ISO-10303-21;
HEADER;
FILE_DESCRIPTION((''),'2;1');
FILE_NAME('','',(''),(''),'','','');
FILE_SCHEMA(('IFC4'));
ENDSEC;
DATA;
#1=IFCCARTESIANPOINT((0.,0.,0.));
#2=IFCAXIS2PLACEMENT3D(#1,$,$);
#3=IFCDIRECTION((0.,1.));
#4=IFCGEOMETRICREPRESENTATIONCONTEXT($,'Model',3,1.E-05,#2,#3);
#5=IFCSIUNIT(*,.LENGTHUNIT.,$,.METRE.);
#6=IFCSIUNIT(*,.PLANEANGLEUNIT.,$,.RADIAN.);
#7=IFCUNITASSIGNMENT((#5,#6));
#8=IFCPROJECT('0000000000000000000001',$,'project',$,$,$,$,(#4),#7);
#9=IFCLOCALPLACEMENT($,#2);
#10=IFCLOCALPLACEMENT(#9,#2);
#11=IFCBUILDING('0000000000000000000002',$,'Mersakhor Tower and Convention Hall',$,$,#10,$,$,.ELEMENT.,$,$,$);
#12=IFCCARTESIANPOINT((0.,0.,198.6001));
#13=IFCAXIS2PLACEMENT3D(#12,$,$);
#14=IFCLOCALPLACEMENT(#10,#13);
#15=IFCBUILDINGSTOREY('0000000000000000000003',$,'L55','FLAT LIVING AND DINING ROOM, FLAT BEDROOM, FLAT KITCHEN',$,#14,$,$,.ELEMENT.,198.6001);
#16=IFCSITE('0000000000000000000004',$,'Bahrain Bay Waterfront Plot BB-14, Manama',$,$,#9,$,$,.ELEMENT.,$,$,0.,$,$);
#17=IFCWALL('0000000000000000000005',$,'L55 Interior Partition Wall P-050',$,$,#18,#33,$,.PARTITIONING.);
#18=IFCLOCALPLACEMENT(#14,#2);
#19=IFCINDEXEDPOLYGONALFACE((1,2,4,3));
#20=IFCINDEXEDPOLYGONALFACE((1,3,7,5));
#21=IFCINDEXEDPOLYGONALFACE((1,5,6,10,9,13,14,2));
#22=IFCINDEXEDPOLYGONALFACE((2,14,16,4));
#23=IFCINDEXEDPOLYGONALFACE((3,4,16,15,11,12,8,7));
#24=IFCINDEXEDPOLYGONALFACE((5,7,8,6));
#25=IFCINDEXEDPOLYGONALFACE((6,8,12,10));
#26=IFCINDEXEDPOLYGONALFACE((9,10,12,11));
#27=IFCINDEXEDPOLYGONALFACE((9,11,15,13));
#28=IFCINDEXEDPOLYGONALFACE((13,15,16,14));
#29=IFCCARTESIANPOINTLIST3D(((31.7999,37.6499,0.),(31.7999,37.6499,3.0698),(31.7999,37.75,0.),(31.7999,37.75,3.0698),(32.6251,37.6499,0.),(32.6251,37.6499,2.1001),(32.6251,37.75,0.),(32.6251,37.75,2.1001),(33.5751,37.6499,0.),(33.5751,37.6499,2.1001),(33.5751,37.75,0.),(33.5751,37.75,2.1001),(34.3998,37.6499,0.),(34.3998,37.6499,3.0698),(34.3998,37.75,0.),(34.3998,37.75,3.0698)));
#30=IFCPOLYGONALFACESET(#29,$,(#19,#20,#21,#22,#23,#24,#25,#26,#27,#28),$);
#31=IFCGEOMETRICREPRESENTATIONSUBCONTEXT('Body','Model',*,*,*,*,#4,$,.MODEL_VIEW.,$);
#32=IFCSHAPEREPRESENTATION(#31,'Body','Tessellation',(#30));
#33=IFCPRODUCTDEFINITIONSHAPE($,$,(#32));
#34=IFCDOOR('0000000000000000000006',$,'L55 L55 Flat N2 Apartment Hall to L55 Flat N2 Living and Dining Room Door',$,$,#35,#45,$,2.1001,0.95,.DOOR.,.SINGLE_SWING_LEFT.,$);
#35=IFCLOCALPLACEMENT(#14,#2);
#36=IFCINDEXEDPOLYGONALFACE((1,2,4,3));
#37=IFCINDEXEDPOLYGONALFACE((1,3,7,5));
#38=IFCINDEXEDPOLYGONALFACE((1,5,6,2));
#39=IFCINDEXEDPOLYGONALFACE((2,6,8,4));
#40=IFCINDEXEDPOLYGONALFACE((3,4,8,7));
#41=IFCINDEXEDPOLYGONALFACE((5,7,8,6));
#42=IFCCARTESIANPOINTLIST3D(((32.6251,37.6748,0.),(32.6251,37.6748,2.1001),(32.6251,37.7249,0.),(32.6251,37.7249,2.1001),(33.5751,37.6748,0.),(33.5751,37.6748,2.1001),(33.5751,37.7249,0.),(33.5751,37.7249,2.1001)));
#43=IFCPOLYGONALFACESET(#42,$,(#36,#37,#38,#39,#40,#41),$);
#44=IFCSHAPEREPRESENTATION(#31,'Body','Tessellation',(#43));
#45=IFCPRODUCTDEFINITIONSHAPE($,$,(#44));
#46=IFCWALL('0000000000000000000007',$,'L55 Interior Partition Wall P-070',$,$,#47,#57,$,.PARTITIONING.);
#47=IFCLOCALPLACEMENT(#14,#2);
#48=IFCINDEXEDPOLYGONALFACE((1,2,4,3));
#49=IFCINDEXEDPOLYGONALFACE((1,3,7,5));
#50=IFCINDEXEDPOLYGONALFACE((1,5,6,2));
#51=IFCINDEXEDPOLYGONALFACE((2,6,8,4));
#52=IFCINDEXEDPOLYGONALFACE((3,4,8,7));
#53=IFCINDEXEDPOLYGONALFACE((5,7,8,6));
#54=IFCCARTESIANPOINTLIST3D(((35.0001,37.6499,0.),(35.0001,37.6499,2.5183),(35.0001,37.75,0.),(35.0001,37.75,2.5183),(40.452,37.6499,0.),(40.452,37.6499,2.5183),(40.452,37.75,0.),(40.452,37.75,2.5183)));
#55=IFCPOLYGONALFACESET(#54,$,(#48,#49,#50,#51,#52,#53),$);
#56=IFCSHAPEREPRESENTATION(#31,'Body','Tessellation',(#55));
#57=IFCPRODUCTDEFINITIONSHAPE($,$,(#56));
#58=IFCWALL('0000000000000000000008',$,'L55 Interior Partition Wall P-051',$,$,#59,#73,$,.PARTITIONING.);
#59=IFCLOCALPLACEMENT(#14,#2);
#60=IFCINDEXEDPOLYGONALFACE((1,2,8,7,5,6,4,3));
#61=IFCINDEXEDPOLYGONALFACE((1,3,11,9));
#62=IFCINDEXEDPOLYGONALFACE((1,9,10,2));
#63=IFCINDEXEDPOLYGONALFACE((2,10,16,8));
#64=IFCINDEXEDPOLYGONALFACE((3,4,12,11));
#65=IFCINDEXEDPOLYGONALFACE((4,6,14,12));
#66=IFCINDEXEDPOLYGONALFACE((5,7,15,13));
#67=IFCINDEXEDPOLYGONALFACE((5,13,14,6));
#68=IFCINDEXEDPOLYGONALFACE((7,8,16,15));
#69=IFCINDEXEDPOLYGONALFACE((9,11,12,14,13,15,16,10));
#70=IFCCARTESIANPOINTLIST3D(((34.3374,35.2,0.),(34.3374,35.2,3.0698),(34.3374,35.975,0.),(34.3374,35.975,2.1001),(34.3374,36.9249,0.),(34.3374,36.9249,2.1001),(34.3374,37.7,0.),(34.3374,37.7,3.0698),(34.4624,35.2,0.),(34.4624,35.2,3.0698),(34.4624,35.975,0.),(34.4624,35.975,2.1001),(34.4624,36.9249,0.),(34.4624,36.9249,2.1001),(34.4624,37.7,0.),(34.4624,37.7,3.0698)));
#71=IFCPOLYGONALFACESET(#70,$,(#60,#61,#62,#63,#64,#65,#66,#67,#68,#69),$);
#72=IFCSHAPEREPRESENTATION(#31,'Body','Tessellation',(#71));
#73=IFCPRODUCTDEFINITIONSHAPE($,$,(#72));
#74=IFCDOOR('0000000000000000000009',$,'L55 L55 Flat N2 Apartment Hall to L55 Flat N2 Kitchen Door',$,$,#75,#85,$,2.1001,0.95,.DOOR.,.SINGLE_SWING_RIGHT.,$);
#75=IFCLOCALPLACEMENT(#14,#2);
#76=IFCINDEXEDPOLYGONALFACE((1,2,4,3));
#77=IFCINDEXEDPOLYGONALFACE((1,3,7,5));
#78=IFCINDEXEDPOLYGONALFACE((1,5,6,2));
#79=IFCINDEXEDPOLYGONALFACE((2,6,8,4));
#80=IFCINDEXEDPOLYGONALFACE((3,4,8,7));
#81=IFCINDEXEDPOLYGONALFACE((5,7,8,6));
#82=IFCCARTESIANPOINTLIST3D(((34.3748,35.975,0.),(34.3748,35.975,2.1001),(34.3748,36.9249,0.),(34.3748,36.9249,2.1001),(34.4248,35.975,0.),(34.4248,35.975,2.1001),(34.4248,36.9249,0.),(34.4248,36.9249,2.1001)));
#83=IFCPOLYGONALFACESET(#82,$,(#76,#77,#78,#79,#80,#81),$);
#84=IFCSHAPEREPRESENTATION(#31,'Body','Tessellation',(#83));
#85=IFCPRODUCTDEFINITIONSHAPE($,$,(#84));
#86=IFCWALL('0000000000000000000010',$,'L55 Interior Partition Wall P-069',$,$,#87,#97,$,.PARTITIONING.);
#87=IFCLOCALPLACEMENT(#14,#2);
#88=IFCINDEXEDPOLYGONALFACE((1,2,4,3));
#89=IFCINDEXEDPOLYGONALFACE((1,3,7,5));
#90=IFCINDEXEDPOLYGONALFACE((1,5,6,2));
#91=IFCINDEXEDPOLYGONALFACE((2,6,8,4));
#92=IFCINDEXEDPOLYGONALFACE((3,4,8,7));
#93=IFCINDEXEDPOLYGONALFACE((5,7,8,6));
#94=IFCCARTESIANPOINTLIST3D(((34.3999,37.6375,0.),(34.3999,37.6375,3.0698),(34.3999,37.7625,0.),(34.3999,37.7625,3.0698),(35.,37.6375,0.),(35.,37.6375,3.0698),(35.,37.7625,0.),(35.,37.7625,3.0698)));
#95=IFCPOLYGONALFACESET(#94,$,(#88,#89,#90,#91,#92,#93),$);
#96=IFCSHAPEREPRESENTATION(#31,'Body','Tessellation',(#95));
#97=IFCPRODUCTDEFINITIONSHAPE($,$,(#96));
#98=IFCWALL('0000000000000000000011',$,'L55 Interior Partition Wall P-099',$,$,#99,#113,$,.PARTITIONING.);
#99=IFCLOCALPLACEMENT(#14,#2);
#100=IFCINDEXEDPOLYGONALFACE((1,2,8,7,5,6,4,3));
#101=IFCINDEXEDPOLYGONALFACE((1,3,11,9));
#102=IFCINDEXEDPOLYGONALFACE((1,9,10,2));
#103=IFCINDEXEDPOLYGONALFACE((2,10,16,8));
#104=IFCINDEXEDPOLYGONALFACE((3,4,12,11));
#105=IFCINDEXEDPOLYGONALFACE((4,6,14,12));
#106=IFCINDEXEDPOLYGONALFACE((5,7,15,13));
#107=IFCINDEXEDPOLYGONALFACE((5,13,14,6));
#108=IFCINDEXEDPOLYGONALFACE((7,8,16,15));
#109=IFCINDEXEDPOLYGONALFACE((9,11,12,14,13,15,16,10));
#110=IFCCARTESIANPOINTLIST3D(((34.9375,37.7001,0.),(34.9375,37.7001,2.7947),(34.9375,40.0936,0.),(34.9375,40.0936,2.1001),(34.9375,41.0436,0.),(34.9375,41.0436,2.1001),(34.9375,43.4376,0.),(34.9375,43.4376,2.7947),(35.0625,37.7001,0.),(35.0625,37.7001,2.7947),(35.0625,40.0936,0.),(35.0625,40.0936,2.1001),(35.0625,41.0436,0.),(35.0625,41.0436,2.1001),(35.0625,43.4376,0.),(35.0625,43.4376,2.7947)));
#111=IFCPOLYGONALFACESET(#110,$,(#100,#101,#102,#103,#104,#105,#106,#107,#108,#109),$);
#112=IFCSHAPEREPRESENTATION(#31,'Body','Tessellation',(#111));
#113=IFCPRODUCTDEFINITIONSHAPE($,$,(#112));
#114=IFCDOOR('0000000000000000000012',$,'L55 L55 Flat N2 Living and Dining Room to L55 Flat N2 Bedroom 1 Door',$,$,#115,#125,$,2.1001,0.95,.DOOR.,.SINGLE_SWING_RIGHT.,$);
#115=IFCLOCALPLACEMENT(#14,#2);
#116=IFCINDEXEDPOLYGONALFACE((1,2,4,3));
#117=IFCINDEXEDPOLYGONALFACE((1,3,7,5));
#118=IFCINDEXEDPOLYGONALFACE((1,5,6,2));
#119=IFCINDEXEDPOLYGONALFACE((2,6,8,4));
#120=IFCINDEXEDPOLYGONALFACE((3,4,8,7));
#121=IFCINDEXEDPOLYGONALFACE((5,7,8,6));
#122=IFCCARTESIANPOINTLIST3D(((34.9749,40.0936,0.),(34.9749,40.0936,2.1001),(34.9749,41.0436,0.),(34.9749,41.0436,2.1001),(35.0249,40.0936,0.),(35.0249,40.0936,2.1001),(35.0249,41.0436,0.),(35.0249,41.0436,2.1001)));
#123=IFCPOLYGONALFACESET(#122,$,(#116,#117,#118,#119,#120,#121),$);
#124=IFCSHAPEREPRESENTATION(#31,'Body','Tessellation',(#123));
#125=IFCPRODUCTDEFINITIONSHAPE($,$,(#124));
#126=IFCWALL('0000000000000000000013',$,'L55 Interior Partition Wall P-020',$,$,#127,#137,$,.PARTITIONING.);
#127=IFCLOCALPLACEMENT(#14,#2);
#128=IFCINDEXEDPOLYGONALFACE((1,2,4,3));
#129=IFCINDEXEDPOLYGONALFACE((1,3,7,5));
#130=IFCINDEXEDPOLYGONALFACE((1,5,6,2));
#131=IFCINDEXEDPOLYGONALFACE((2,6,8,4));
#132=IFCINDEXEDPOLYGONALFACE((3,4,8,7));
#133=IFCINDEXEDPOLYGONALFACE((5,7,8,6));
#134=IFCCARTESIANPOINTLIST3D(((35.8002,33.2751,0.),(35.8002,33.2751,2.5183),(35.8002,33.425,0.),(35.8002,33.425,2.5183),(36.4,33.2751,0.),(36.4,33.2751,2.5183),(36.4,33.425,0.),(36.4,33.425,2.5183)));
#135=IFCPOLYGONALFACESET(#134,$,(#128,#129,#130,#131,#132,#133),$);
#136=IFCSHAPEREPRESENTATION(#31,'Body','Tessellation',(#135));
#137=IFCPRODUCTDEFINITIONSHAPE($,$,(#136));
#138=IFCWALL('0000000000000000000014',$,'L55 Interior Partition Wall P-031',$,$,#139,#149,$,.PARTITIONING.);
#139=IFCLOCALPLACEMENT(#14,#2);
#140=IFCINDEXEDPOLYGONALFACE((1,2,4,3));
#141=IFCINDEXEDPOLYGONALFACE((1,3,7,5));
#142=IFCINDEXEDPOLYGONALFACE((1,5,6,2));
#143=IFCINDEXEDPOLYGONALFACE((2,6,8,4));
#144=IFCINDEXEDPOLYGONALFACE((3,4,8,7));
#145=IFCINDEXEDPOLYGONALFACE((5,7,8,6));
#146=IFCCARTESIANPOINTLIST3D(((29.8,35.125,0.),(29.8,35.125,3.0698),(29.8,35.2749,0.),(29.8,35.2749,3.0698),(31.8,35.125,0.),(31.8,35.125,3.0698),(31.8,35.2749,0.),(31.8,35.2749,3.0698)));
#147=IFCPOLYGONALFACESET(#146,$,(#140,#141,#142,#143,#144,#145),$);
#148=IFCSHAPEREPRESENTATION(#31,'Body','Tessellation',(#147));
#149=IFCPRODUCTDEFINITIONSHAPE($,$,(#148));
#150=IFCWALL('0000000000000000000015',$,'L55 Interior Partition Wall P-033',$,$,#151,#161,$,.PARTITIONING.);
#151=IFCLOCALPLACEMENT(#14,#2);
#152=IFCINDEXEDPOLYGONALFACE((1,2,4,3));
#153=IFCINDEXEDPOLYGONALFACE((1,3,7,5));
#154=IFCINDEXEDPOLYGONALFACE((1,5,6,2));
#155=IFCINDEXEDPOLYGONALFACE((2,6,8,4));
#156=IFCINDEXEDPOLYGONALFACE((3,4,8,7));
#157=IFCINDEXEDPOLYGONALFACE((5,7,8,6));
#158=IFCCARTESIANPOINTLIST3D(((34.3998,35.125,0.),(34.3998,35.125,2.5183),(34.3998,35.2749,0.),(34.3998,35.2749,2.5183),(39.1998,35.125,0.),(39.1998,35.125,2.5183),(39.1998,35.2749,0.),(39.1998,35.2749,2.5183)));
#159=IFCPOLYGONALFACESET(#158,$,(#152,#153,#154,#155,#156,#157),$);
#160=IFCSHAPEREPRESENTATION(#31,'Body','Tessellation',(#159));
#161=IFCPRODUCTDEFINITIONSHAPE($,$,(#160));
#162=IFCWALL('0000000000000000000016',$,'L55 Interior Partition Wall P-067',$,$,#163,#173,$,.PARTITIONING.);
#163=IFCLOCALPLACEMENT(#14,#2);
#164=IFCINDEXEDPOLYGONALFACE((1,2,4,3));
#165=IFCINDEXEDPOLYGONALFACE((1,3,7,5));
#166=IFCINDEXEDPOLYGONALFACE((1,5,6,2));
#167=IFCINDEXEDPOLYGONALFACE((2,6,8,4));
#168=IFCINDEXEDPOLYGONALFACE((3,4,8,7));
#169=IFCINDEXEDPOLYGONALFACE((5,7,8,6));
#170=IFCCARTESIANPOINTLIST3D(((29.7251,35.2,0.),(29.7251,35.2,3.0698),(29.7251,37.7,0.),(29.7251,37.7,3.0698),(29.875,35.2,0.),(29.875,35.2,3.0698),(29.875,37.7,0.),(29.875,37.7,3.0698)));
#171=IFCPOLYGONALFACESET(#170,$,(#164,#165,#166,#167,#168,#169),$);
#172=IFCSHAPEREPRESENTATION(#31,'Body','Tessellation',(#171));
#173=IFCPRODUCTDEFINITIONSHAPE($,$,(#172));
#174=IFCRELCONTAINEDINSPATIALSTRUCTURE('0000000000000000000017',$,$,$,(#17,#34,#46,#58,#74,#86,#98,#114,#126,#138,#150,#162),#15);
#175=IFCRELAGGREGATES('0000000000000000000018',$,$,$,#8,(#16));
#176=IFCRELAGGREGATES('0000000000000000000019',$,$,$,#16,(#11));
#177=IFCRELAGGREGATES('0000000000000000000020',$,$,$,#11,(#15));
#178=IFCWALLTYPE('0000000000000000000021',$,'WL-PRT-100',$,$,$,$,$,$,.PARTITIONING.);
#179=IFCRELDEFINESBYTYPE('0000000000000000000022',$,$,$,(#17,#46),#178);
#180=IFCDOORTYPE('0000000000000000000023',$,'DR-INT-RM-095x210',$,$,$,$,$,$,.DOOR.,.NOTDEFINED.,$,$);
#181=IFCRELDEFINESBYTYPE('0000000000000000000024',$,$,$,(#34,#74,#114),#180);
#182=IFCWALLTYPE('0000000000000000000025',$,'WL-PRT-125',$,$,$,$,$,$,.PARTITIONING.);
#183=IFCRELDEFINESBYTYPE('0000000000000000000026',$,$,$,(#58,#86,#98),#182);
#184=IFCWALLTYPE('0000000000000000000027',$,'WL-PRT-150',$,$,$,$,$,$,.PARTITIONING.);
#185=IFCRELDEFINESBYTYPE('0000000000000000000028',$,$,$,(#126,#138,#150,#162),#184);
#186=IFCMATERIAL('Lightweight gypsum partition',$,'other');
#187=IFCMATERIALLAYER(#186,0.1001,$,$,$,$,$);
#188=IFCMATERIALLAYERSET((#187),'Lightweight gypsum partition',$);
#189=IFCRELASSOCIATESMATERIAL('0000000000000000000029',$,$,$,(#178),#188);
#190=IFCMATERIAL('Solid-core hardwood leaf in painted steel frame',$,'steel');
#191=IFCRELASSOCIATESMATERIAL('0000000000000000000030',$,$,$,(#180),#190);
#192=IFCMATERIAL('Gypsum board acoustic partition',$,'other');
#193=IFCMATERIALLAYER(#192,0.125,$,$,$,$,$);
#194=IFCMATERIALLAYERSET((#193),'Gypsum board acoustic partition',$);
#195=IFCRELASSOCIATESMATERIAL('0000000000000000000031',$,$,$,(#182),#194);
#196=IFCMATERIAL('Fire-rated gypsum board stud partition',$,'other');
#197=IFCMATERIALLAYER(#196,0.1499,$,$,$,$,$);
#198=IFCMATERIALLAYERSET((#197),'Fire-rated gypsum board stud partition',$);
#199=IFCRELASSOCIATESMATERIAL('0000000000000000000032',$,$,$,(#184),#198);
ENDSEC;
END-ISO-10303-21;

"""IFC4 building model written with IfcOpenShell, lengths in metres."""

from ifc_helpers import new_model, si_unit, direction, frame, frame_2d, origin, place, context, subcontext, project, spatial, rectangle, extrude, material, layer, layer_set, type_object, element, fill, save


model = new_model("IFC4")

# Units and contexts
model_context = context("Model", 3, precision=1e-05, world=origin(), true_north=direction((0.0, 1.0)))
body_context = subcontext(model_context, "Body", "Model", "MODEL_VIEW")
ifc_project = project(units=[si_unit("LENGTHUNIT", "METRE"), si_unit("PLANEANGLEUNIT", "RADIAN")], contexts=[model_context])

# Site, building, storey
site_placement = place(None, origin())
site = spatial("IfcSite", under=ifc_project, at=site_placement, Name="Bahrain Bay Waterfront Plot BB-14, Manama", CompositionType="ELEMENT", RefElevation=0.0)
building_placement = place(site_placement, origin())
building = spatial("IfcBuilding", under=site, at=building_placement, Name="Mersakhor Tower and Convention Hall", CompositionType="ELEMENT")
storey_placement = place(building_placement, frame((0.0, 0.0, 198.6001)))
storey = spatial("IfcBuildingStorey", under=building, at=storey_placement, Name="L55", Description="FLAT LIVING AND DINING ROOM, FLAT BEDROOM, FLAT KITCHEN", CompositionType="ELEMENT", Elevation=198.6001)

# Wall, opening, door
ifc_material_1 = material(Name="Lightweight gypsum partition", Category="other")
ifc_layer_1 = layer(ifc_material_1, 0.1001)
ifc_layer_set_1 = layer_set([ifc_layer_1], Name="Lightweight gypsum partition")
wall_type_1 = type_object("IfcWallType", Name="WL-PRT-100", PredefinedType="PARTITIONING", material=ifc_layer_set_1)
wall_1_placement = place(storey_placement, frame((31.8, 37.7, 0.0), z_axis=(0.0, 0.0, 1.0), x_axis=(1.0, 0.0, 0.0)))
wall_1 = element("IfcWall", 1, at=wall_1_placement, inside=storey, type_object=wall_type_1, Name="L55 Interior Partition Wall P-050", PredefinedType="PARTITIONING", context=body_context, shape_type="SweptSolid", body=[
    extrude(rectangle(XDim=2.5999, YDim=0.1001, at=frame_2d((1.2998, 0.0))), origin(), (0.0, 0.0, 1.0), 3.0698),
])
opening_1_placement = place(wall_1_placement, frame((0.825, 0.0, 0.0)))
opening_1 = element("IfcOpeningElement", 2, at=opening_1_placement, cuts=wall_1, PredefinedType="OPENING", context=body_context, shape_type="SweptSolid", body=[
    extrude(rectangle(XDim=0.95, YDim=2.1001, at=frame_2d((0.4751, 1.05))), frame((0.0, 0.0601, 0.0), z_axis=(0.0, -1.0, 0.0), x_axis=(1.0, 0.0, 0.0)), (0.0, 0.0, 1.0), 0.1201),
])
ifc_material_2 = material(Name="Solid-core hardwood leaf in painted steel frame", Category="steel")
door_type_1 = type_object("IfcDoorType", Name="DR-INT-RM-095x210", OperationType="NOTDEFINED", PredefinedType="DOOR", material=ifc_material_2)
door_1_placement = place(opening_1_placement, origin())
door_1 = element("IfcDoor", 3, at=door_1_placement, inside=storey, type_object=door_type_1, Name="L55 L55 Flat N2 Apartment Hall to L55 Flat N2 Living and Dining Room Door", OperationType="SINGLE_SWING_LEFT", OverallHeight=2.1001, OverallWidth=0.95, PredefinedType="DOOR", context=body_context, shape_type="SweptSolid", body=[
    extrude(rectangle(XDim=0.95, YDim=2.1001, at=frame_2d((0.4751, 1.05))), frame((0.0, 0.0249, 0.0), z_axis=(0.0, -1.0, 0.0), x_axis=(1.0, 0.0, 0.0)), (0.0, 0.0, 1.0), 0.05),
])
fill(opening_1, door_1)

# Wall
wall_2_placement = place(storey_placement, frame((35.0, 37.7, 0.0), z_axis=(0.0, 0.0, 1.0), x_axis=(1.0, 0.0, 0.0)))
element("IfcWall", 4, at=wall_2_placement, inside=storey, type_object=wall_type_1, Name="L55 Interior Partition Wall P-070", PredefinedType="PARTITIONING", context=body_context, shape_type="SweptSolid", body=[
    extrude(rectangle(XDim=5.4519, YDim=0.1001, at=frame_2d((2.7261, 0.0))), origin(), (0.0, 0.0, 1.0), 2.5183),
])

# Wall, opening, door
ifc_material_3 = material(Name="Gypsum board acoustic partition", Category="other")
ifc_layer_2 = layer(ifc_material_3, 0.125)
ifc_layer_set_2 = layer_set([ifc_layer_2], Name="Gypsum board acoustic partition")
wall_type_2 = type_object("IfcWallType", Name="WL-PRT-125", PredefinedType="PARTITIONING", material=ifc_layer_set_2)
wall_3_placement = place(storey_placement, frame((34.3999, 37.7, 0.0), z_axis=(0.0, 0.0, 1.0), x_axis=(0.0, -1.0, 0.0)))
wall_3 = element("IfcWall", 5, at=wall_3_placement, inside=storey, type_object=wall_type_2, Name="L55 Interior Partition Wall P-051", PredefinedType="PARTITIONING", context=body_context, shape_type="SweptSolid", body=[
    extrude(rectangle(XDim=2.5, YDim=0.125, at=frame_2d((1.25, 0.0))), origin(), (0.0, 0.0, 1.0), 3.0698),
])
opening_2_placement = place(wall_3_placement, frame((0.7749, 0.0, 0.0)))
opening_2 = element("IfcOpeningElement", 6, at=opening_2_placement, cuts=wall_3, PredefinedType="OPENING", context=body_context, shape_type="SweptSolid", body=[
    extrude(rectangle(XDim=0.95, YDim=2.1001, at=frame_2d((0.4751, 1.05))), frame((0.0, 0.0725, 0.0), z_axis=(0.0, -1.0, 0.0), x_axis=(1.0, 0.0, 0.0)), (0.0, 0.0, 1.0), 0.145),
])
door_2_placement = place(opening_2_placement, origin())
door_2 = element("IfcDoor", 7, at=door_2_placement, inside=storey, type_object=door_type_1, Name="L55 L55 Flat N2 Apartment Hall to L55 Flat N2 Kitchen Door", OperationType="SINGLE_SWING_RIGHT", OverallHeight=2.1001, OverallWidth=0.95, PredefinedType="DOOR", context=body_context, shape_type="SweptSolid", body=[
    extrude(rectangle(XDim=0.95, YDim=2.1001, at=frame_2d((0.4751, 1.05))), frame((0.0, 0.0249, 0.0), z_axis=(0.0, -1.0, 0.0), x_axis=(1.0, 0.0, 0.0)), (0.0, 0.0, 1.0), 0.05),
])
fill(opening_2, door_2)

# Wall
wall_4_placement = place(storey_placement, frame((34.3999, 37.7, 0.0), z_axis=(0.0, 0.0, 1.0), x_axis=(1.0, 0.0, 0.0)))
element("IfcWall", 8, at=wall_4_placement, inside=storey, type_object=wall_type_2, Name="L55 Interior Partition Wall P-069", PredefinedType="PARTITIONING", context=body_context, shape_type="SweptSolid", body=[
    extrude(rectangle(XDim=0.6001, YDim=0.125, at=frame_2d((0.3, 0.0))), origin(), (0.0, 0.0, 1.0), 3.0698),
])

# Wall, opening, door
wall_5_placement = place(storey_placement, frame((35.0, 43.4375, 0.0), z_axis=(0.0, 0.0, 1.0), x_axis=(0.0, -1.0, 0.0)))
wall_5 = element("IfcWall", 9, at=wall_5_placement, inside=storey, type_object=wall_type_2, Name="L55 Interior Partition Wall P-099", PredefinedType="PARTITIONING", context=body_context, shape_type="SweptSolid", body=[
    extrude(rectangle(XDim=5.7375, YDim=0.125, at=frame_2d((2.8687, 0.0))), origin(), (0.0, 0.0, 1.0), 2.7947),
])
opening_3_placement = place(wall_5_placement, frame((2.3938, 0.0, 0.0)))
opening_3 = element("IfcOpeningElement", 10, at=opening_3_placement, cuts=wall_5, PredefinedType="OPENING", context=body_context, shape_type="SweptSolid", body=[
    extrude(rectangle(XDim=0.95, YDim=2.1001, at=frame_2d((0.4751, 1.05))), frame((0.0, 0.0725, 0.0), z_axis=(0.0, -1.0, 0.0), x_axis=(1.0, 0.0, 0.0)), (0.0, 0.0, 1.0), 0.145),
])
door_3_placement = place(opening_3_placement, origin())
door_3 = element("IfcDoor", 11, at=door_3_placement, inside=storey, type_object=door_type_1, Name="L55 L55 Flat N2 Living and Dining Room to L55 Flat N2 Bedroom 1 Door", OperationType="SINGLE_SWING_RIGHT", OverallHeight=2.1001, OverallWidth=0.95, PredefinedType="DOOR", context=body_context, shape_type="SweptSolid", body=[
    extrude(rectangle(XDim=0.95, YDim=2.1001, at=frame_2d((0.4751, 1.05))), frame((0.0, 0.0249, 0.0), z_axis=(0.0, -1.0, 0.0), x_axis=(1.0, 0.0, 0.0)), (0.0, 0.0, 1.0), 0.05),
])
fill(opening_3, door_3)

# Walls
ifc_material_4 = material(Name="Fire-rated gypsum board stud partition", Category="other")
ifc_layer_3 = layer(ifc_material_4, 0.1499)
ifc_layer_set_3 = layer_set([ifc_layer_3], Name="Fire-rated gypsum board stud partition")
wall_type_3 = type_object("IfcWallType", Name="WL-PRT-150", PredefinedType="PARTITIONING", material=ifc_layer_set_3)
wall_6_placement = place(storey_placement, frame((36.3999, 33.3501, 0.0), z_axis=(0.0, 0.0, 1.0), x_axis=(-1.0, 0.0, 0.0)))
element("IfcWall", 12, at=wall_6_placement, inside=storey, type_object=wall_type_3, Name="L55 Interior Partition Wall P-020", PredefinedType="PARTITIONING", context=body_context, shape_type="SweptSolid", body=[
    extrude(rectangle(XDim=0.5999, YDim=0.1499, at=frame_2d((0.2998, 0.0))), origin(), (0.0, 0.0, 1.0), 2.5183),
])
wall_7_placement = place(storey_placement, frame((29.8, 35.2, 0.0), z_axis=(0.0, 0.0, 1.0), x_axis=(1.0, 0.0, 0.0)))
element("IfcWall", 13, at=wall_7_placement, inside=storey, type_object=wall_type_3, Name="L55 Interior Partition Wall P-031", PredefinedType="PARTITIONING", context=body_context, shape_type="SweptSolid", body=[
    extrude(rectangle(XDim=2.0, YDim=0.1499, at=frame_2d((1.0, 0.0))), origin(), (0.0, 0.0, 1.0), 3.0698),
])

# Walls
wall_8_placement = place(storey_placement, frame((34.3999, 35.2, 0.0), z_axis=(0.0, 0.0, 1.0), x_axis=(1.0, 0.0, 0.0)))
element("IfcWall", 14, at=wall_8_placement, inside=storey, type_object=wall_type_3, Name="L55 Interior Partition Wall P-033", PredefinedType="PARTITIONING", context=body_context, shape_type="SweptSolid", body=[
    extrude(rectangle(XDim=4.8, YDim=0.1499, at=frame_2d((2.3999, 0.0))), origin(), (0.0, 0.0, 1.0), 2.5183),
])
wall_9_placement = place(storey_placement, frame((29.8, 35.2, 0.0), z_axis=(0.0, 0.0, 1.0), x_axis=(0.0, 1.0, 0.0)))
element("IfcWall", 15, at=wall_9_placement, inside=storey, type_object=wall_type_3, Name="L55 Interior Partition Wall P-067", PredefinedType="PARTITIONING", context=body_context, shape_type="SweptSolid", body=[
    extrude(rectangle(XDim=2.5, YDim=0.1499, at=frame_2d((1.25, 0.0))), origin(), (0.0, 0.0, 1.0), 3.0698),
])

save(model, "model.ifc")
